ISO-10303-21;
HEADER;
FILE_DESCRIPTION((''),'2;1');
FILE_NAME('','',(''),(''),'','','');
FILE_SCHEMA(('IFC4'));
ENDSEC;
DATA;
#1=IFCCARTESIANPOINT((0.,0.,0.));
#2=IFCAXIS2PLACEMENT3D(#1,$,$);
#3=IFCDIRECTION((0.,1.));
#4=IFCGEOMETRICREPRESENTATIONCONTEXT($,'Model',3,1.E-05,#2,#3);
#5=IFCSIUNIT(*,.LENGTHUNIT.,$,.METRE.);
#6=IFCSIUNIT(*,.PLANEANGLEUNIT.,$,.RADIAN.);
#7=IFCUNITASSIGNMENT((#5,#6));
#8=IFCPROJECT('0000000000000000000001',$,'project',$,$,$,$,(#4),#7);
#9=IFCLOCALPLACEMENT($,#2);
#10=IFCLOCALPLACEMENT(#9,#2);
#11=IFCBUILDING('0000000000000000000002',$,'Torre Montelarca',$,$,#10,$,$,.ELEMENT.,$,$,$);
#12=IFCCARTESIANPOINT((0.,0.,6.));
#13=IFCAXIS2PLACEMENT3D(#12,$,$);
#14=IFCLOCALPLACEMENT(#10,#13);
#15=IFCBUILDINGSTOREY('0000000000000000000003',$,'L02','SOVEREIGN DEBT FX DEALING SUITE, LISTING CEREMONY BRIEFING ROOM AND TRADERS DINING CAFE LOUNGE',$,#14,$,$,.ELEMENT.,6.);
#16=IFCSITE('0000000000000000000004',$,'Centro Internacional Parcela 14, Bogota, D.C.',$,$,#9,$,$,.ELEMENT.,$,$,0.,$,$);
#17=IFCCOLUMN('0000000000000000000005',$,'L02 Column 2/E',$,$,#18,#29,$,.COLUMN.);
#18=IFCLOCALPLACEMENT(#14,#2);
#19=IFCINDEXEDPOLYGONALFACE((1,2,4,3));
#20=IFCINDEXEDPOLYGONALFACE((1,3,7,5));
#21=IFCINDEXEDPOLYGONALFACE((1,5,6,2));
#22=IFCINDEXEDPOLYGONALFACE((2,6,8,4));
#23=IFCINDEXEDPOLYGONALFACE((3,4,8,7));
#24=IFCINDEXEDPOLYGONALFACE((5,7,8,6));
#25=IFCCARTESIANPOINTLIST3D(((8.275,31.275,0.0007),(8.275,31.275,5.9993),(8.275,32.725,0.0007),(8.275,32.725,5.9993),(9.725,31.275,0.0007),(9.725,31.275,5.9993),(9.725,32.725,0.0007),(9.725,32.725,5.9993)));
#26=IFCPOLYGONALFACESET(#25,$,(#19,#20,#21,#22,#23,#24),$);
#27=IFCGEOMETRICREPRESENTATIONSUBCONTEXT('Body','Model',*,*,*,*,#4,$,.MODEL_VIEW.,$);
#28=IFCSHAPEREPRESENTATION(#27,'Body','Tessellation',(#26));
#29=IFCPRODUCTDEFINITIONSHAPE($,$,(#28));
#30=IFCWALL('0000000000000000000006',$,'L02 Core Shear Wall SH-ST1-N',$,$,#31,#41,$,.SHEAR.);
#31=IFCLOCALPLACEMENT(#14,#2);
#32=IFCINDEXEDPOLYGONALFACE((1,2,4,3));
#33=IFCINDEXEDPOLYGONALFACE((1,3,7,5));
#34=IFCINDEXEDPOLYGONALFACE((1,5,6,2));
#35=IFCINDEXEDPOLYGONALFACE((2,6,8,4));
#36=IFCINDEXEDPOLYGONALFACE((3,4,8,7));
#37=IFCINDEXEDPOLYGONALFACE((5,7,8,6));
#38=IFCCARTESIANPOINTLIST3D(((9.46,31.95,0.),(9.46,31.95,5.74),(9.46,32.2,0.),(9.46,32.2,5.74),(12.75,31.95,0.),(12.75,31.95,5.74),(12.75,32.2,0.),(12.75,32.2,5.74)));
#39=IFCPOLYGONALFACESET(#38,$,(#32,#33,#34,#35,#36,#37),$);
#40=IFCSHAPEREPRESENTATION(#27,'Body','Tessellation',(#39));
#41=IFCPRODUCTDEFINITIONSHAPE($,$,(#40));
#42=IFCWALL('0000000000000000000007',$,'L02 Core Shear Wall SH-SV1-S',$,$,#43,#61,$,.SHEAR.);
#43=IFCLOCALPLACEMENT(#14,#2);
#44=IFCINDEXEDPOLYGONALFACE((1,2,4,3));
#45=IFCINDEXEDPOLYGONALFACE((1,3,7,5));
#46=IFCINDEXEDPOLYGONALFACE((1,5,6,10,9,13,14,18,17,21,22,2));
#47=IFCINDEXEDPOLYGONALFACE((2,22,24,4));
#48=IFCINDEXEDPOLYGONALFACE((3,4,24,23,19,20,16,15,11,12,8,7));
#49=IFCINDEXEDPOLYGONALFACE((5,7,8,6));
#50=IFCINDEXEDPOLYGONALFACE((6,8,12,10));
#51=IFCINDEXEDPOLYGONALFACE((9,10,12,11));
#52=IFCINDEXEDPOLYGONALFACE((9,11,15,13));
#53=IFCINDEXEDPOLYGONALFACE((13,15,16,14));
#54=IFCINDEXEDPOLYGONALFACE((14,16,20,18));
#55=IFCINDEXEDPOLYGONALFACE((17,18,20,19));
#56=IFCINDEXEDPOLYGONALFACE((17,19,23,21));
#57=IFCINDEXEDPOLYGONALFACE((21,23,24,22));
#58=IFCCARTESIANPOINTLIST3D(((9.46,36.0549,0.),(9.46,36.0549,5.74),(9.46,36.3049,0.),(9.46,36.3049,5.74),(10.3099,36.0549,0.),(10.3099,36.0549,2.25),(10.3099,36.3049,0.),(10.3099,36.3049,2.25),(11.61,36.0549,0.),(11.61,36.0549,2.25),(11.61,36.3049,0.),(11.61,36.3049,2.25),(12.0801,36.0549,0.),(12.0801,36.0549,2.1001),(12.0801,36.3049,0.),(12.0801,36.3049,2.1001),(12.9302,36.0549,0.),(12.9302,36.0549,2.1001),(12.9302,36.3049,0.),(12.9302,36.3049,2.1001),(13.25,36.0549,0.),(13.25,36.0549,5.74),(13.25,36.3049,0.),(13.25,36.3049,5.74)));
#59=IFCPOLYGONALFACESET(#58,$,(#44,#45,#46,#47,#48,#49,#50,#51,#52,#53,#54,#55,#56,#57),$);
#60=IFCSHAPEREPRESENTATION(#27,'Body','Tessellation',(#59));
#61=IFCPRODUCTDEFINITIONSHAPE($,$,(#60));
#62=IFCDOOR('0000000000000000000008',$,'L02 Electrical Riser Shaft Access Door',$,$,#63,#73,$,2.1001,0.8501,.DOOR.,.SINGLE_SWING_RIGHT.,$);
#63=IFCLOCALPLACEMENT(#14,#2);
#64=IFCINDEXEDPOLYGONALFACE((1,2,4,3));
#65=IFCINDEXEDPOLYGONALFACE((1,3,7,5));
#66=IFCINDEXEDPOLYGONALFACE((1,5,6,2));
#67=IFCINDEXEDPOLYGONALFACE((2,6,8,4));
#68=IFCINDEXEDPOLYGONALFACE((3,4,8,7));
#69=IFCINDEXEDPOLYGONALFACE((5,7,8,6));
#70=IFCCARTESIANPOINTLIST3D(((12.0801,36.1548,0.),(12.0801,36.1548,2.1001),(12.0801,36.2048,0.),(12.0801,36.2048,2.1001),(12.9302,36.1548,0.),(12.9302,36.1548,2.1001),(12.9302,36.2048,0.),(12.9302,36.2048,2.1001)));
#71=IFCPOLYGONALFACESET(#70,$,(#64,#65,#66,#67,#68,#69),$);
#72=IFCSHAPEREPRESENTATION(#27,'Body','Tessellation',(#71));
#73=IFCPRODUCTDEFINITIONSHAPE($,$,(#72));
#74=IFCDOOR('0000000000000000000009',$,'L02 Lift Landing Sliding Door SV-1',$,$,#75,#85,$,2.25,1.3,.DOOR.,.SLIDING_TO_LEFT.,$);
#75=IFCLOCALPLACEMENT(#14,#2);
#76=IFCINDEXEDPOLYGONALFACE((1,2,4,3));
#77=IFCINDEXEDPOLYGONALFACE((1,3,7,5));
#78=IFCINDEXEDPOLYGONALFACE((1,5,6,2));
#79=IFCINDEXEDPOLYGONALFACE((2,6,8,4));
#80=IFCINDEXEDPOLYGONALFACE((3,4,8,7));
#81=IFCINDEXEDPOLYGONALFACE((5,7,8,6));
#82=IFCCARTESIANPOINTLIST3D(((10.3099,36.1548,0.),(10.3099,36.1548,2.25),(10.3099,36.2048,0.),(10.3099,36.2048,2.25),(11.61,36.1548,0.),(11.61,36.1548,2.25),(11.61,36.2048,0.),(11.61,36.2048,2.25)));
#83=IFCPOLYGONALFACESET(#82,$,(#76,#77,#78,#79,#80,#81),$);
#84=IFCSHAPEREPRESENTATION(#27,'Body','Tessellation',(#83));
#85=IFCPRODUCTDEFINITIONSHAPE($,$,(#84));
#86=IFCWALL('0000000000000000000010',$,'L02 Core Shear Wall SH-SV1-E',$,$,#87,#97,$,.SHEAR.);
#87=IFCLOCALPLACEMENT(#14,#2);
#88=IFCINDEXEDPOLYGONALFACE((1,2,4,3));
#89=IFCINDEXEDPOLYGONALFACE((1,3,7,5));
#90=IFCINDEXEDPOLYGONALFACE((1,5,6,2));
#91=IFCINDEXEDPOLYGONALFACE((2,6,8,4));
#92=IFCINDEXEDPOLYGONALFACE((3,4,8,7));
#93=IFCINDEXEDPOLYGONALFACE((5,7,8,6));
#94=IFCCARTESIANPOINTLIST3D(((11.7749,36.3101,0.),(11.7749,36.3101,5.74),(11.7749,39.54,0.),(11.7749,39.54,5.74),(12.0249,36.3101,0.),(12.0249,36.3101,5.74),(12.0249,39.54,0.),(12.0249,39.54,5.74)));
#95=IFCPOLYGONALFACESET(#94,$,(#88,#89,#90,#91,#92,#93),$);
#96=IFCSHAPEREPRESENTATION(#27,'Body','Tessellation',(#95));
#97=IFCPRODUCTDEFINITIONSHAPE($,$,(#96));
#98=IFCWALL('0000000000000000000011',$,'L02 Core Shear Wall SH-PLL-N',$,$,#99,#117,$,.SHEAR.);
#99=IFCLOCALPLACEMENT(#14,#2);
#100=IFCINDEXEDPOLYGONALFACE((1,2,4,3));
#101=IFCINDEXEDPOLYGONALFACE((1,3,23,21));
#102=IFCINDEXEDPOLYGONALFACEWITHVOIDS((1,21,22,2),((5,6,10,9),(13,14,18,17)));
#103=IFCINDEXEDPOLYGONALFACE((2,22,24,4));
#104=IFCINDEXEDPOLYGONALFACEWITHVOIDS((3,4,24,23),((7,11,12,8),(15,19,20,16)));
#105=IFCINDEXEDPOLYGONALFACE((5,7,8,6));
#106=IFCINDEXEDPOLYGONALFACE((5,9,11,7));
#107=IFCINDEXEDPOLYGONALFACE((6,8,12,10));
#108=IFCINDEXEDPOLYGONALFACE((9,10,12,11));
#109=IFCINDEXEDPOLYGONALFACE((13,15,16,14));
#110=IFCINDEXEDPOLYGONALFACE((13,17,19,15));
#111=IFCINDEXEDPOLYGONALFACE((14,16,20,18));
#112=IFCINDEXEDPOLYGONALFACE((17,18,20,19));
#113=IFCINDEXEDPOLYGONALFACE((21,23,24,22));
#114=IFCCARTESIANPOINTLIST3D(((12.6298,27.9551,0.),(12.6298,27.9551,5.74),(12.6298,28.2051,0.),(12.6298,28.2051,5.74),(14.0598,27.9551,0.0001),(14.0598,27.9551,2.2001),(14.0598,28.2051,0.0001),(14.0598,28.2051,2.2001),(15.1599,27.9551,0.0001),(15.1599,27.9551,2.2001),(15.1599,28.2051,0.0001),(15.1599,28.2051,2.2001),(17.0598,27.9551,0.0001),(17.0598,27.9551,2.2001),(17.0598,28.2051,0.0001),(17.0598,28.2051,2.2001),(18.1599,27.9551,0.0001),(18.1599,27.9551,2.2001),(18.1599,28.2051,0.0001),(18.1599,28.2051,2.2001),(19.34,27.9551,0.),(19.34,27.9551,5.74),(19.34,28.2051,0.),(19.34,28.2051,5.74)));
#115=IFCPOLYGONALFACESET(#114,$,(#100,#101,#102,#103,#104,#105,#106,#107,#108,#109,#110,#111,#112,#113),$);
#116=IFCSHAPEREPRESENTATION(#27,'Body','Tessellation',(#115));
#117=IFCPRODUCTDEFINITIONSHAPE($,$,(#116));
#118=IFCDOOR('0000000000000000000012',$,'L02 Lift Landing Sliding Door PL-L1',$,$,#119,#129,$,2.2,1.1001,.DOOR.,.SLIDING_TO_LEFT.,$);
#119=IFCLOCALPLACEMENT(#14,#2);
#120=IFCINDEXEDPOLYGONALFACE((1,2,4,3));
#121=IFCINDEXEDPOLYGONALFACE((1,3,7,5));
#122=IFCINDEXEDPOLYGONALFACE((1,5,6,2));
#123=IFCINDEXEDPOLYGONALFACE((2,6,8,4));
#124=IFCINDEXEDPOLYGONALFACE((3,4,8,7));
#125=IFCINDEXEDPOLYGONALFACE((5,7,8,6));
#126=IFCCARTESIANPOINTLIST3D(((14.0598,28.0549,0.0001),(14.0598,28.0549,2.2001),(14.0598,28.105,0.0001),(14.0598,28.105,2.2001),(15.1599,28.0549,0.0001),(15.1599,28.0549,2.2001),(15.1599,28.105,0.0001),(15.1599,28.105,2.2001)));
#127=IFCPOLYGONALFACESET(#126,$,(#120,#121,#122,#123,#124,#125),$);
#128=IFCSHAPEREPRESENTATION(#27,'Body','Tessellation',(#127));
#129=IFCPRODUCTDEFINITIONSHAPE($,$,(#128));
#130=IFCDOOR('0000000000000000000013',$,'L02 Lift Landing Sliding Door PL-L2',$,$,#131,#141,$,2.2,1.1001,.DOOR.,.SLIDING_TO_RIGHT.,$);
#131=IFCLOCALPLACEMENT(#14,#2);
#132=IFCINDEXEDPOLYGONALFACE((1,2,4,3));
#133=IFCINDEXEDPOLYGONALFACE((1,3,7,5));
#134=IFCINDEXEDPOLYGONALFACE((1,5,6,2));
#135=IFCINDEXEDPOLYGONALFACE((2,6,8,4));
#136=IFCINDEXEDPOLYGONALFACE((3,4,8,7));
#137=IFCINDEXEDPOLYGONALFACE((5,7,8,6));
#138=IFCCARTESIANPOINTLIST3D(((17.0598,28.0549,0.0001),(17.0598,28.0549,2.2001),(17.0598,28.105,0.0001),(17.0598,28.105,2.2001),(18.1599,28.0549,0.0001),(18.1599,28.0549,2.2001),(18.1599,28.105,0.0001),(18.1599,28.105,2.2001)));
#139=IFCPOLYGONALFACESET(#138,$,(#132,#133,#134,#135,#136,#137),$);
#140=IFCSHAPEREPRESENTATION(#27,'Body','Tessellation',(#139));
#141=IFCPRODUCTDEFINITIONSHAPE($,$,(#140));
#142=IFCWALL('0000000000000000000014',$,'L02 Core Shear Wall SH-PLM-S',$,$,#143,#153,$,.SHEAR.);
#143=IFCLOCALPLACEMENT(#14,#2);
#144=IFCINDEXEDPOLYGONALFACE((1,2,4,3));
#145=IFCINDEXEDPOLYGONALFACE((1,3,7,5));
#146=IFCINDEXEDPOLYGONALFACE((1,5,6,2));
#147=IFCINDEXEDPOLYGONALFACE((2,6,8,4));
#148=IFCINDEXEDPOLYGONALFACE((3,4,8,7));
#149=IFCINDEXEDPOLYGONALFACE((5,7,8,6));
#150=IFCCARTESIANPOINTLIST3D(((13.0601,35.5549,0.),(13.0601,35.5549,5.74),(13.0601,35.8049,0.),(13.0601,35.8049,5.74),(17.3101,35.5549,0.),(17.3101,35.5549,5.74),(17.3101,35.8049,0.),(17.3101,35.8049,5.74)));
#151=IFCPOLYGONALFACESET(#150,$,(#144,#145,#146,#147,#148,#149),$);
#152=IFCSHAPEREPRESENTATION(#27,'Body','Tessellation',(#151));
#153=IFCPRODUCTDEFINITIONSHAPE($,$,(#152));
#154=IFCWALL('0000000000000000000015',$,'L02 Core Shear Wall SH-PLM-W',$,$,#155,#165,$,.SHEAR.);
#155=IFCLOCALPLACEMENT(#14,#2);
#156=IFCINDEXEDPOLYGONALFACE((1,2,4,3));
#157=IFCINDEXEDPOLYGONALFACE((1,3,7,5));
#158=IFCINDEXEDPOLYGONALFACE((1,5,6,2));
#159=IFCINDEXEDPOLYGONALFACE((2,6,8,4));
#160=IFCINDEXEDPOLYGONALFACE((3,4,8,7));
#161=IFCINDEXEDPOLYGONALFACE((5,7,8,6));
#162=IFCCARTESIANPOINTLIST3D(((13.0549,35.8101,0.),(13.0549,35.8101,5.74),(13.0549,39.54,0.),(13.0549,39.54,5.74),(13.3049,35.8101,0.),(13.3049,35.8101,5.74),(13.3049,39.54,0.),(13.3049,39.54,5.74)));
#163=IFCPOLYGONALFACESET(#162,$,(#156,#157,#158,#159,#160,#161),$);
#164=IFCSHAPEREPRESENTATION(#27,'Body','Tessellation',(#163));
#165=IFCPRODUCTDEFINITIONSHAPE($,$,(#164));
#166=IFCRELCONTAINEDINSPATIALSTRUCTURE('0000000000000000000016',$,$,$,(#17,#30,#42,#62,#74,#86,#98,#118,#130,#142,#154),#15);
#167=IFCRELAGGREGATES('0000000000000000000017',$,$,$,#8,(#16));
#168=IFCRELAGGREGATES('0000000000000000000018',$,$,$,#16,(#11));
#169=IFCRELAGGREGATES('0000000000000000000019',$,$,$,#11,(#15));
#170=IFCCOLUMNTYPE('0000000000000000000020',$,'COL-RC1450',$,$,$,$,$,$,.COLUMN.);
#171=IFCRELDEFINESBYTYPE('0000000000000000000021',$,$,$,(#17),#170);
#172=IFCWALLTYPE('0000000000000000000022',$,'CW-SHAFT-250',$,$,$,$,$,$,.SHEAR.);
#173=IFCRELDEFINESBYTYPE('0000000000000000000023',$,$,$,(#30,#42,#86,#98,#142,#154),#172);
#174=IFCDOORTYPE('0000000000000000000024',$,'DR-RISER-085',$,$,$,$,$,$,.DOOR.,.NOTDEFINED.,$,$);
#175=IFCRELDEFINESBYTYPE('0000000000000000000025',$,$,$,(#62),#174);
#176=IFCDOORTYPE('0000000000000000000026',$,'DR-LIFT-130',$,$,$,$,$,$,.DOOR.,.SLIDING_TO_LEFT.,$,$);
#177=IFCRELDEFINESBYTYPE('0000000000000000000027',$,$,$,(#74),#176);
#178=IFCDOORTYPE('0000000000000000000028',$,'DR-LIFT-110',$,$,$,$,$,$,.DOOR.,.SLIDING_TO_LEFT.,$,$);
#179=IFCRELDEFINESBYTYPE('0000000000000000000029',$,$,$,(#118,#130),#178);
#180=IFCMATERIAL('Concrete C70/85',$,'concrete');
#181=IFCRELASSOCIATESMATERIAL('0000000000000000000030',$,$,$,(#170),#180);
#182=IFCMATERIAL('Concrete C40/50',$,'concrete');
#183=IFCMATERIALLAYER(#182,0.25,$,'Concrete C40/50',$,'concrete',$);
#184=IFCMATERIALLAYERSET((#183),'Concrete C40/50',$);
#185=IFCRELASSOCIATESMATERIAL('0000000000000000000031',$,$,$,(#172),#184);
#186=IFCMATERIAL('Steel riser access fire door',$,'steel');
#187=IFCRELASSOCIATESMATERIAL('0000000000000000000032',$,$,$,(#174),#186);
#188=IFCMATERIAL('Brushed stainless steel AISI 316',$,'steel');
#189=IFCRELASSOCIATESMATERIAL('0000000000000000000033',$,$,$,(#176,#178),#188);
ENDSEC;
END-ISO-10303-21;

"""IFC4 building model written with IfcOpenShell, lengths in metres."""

from ifc_helpers import new_model, si_unit, direction, frame, frame_2d, origin, origin_2d, place, context, subcontext, project, spatial, rectangle, extrude, source, transform, mapped, material, layer, layer_set, material_profile, profile_set, type_object, element, fill, save


model = new_model("IFC4")

# Units and contexts
model_context = context("Model", 3, precision=1e-05, world=origin(), true_north=direction((0.0, 1.0)))
body_context = subcontext(model_context, "Body", "Model", "MODEL_VIEW")
ifc_project = project(units=[si_unit("LENGTHUNIT", "METRE"), si_unit("PLANEANGLEUNIT", "RADIAN")], contexts=[model_context])

# Site, building, storey
site_placement = place(None, origin())
site = spatial("IfcSite", under=ifc_project, at=site_placement, Name="Centro Internacional Parcela 14, Bogota, D.C.", CompositionType="ELEMENT", RefElevation=0.0)
building_placement = place(site_placement, origin())
building = spatial("IfcBuilding", under=site, at=building_placement, Name="Torre Montelarca", CompositionType="ELEMENT")
storey_placement = place(building_placement, frame((0.0, 0.0, 6.0)))
storey = spatial("IfcBuildingStorey", under=building, at=storey_placement, Name="L02", Description="SOVEREIGN DEBT FX DEALING SUITE, LISTING CEREMONY BRIEFING ROOM AND TRADERS DINING CAFE LOUNGE", CompositionType="ELEMENT", Elevation=6.0)

# Column
ifc_material_1 = material(Name="Concrete C70/85", Category="concrete")
ifc_material_profile = material_profile(ifc_material_1, rectangle(XDim=1.45, YDim=1.45, at=origin_2d()), Name="RC1450X1450", Category="concrete")
ifc_profile_set = profile_set([ifc_material_profile], Name="Concrete C70/85")
column_type = type_object("IfcColumnType", Name="COL-RC1450", PredefinedType="COLUMN", material=ifc_profile_set)
shared_shape_1 = source(origin(), body_context, "Body", "SweptSolid", [
    extrude(rectangle(XDim=1.45, YDim=1.45, at=origin_2d()), origin(), (0.0, 0.0, 1.0), 5.9985),
])
column_placement = place(storey_placement, frame((9.0, 32.0, 0.0007), z_axis=(0.0, 0.0, 1.0), x_axis=(1.0, 0.0, 0.0)))
element("IfcColumn", 1, at=column_placement, inside=storey, type_object=column_type, Name="L02 Column 2/E", PredefinedType="COLUMN", context=body_context, shape_type="MappedRepresentation", body=[
    mapped(shared_shape_1, transform((0.0, 0.0, 0.0), scale=1.0)),
])

# Wall
ifc_material_2 = material(Name="Concrete C40/50", Category="concrete")
ifc_layer_1 = layer(ifc_material_2, 0.25, Name="Concrete C40/50", Category="concrete")
ifc_layer_set_1 = layer_set([ifc_layer_1], Name="Concrete C40/50")
wall_type_1 = type_object("IfcWallType", Name="CW-SHAFT-250", PredefinedType="SHEAR", material=ifc_layer_set_1)
wall_1_placement = place(storey_placement, frame((9.46, 32.075, 0.0), z_axis=(0.0, 0.0, 1.0), x_axis=(1.0, 0.0, 0.0)))
element("IfcWall", 2, at=wall_1_placement, inside=storey, type_object=wall_type_1, Name="L02 Core Shear Wall SH-ST1-N", PredefinedType="SHEAR", context=body_context, shape_type="SweptSolid", body=[
    extrude(rectangle(XDim=3.29, YDim=0.25, at=frame_2d((1.645, 0.0))), origin(), (0.0, 0.0, 1.0), 5.74),
])

# Wall, openings, doors
wall_2_placement = place(storey_placement, frame((9.46, 36.1799, 0.0), z_axis=(0.0, 0.0, 1.0), x_axis=(1.0, 0.0, 0.0)))
wall_2 = element("IfcWall", 3, at=wall_2_placement, inside=storey, type_object=wall_type_1, Name="L02 Core Shear Wall SH-SV1-S", PredefinedType="SHEAR", context=body_context, shape_type="SweptSolid", body=[
    extrude(rectangle(XDim=3.79, YDim=0.25, at=frame_2d((1.895, 0.0))), origin(), (0.0, 0.0, 1.0), 5.74),
])
opening_1_placement = place(wall_2_placement, frame((2.6201, 0.0, 0.0)))
opening_1 = element("IfcOpeningElement", 4, at=opening_1_placement, cuts=wall_2, PredefinedType="OPENING", context=body_context, shape_type="SweptSolid", body=[
    extrude(rectangle(XDim=0.8501, YDim=2.1001, at=frame_2d((0.425, 1.05))), frame((0.0, 0.135, 0.0), z_axis=(0.0, -1.0, 0.0), x_axis=(1.0, 0.0, 0.0)), (0.0, 0.0, 1.0), 0.27),
])
opening_2_placement = place(wall_2_placement, frame((0.8501, 0.0, 0.0)))
opening_2 = element("IfcOpeningElement", 5, at=opening_2_placement, cuts=wall_2, PredefinedType="OPENING", context=body_context, shape_type="SweptSolid", body=[
    extrude(rectangle(XDim=1.3, YDim=2.25, at=frame_2d((0.6499, 1.125))), frame((0.0, 0.135, 0.0), z_axis=(0.0, -1.0, 0.0), x_axis=(1.0, 0.0, 0.0)), (0.0, 0.0, 1.0), 0.27),
])
ifc_material_3 = material(Name="Steel riser access fire door", Category="steel")
door_type_1 = type_object("IfcDoorType", Name="DR-RISER-085", OperationType="NOTDEFINED", PredefinedType="DOOR", material=ifc_material_3)
shared_shape_2 = source(origin(), body_context, "Body", "SweptSolid", [
    extrude(rectangle(XDim=0.8501, YDim=2.1001, at=frame_2d((0.425, 1.05))), frame((0.0, 0.0249, 0.0), z_axis=(0.0, -1.0, 0.0), x_axis=(1.0, 0.0, 0.0)), (0.0, 0.0, 1.0), 0.05),
])
door_1_placement = place(opening_1_placement, origin())
door_1 = element("IfcDoor", 6, at=door_1_placement, inside=storey, type_object=door_type_1, Name="L02 Electrical Riser Shaft Access Door", OperationType="SINGLE_SWING_RIGHT", OverallHeight=2.1001, OverallWidth=0.8501, PredefinedType="DOOR", context=body_context, shape_type="MappedRepresentation", body=[
    mapped(shared_shape_2, transform((0.0, 0.0, 0.0), scale=1.0)),
])
fill(opening_1, door_1)
ifc_material_4 = material(Name="Brushed stainless steel AISI 316", Category="steel")
door_type_2 = type_object("IfcDoorType", Name="DR-LIFT-130", OperationType="SLIDING_TO_LEFT", PredefinedType="DOOR", material=ifc_material_4)
shared_shape_3 = source(origin(), body_context, "Body", "SweptSolid", [
    extrude(rectangle(XDim=1.3, YDim=2.25, at=frame_2d((0.6499, 1.125))), frame((0.0, 0.0249, 0.0), z_axis=(0.0, -1.0, 0.0), x_axis=(1.0, 0.0, 0.0)), (0.0, 0.0, 1.0), 0.05),
])
door_2_placement = place(opening_2_placement, origin())
door_2 = element("IfcDoor", 7, at=door_2_placement, inside=storey, type_object=door_type_2, Name="L02 Lift Landing Sliding Door SV-1", OperationType="SLIDING_TO_LEFT", OverallHeight=2.25, OverallWidth=1.3, PredefinedType="DOOR", context=body_context, shape_type="MappedRepresentation", body=[
    mapped(shared_shape_3, transform((0.0, 0.0, 0.0), scale=1.0)),
])
fill(opening_2, door_2)

# Wall
wall_3_placement = place(storey_placement, frame((11.8999, 36.3101, 0.0), z_axis=(0.0, 0.0, 1.0), x_axis=(0.0, 1.0, 0.0)))
element("IfcWall", 8, at=wall_3_placement, inside=storey, type_object=wall_type_1, Name="L02 Core Shear Wall SH-SV1-E", PredefinedType="SHEAR", context=body_context, shape_type="SweptSolid", body=[
    extrude(rectangle(XDim=3.23, YDim=0.25, at=frame_2d((1.615, 0.0))), origin(), (0.0, 0.0, 1.0), 5.74),
])

# Wall, openings, doors
wall_4_placement = place(storey_placement, frame((12.6299, 28.0801, 0.0), z_axis=(0.0, 0.0, 1.0), x_axis=(1.0, 0.0, 0.0)))
wall_4 = element("IfcWall", 9, at=wall_4_placement, inside=storey, type_object=wall_type_1, Name="L02 Core Shear Wall SH-PLL-N", PredefinedType="SHEAR", context=body_context, shape_type="SweptSolid", body=[
    extrude(rectangle(XDim=6.7102, YDim=0.25, at=frame_2d((3.355, 0.0))), origin(), (0.0, 0.0, 1.0), 5.74),
])
opening_3_placement = place(wall_4_placement, frame((1.4299, 0.0, 0.0)))
opening_3 = element("IfcOpeningElement", 10, at=opening_3_placement, cuts=wall_4, PredefinedType="OPENING", context=body_context, shape_type="SweptSolid", body=[
    extrude(rectangle(XDim=1.1001, YDim=2.2, at=frame_2d((0.55, 1.1001))), frame((0.0, 0.135, 0.0), z_axis=(0.0, -1.0, 0.0), x_axis=(1.0, 0.0, 0.0)), (0.0, 0.0, 1.0), 0.27),
])
opening_4_placement = place(wall_4_placement, frame((4.4299, 0.0, 0.0)))
opening_4 = element("IfcOpeningElement", 11, at=opening_4_placement, cuts=wall_4, PredefinedType="OPENING", context=body_context, shape_type="SweptSolid", body=[
    extrude(rectangle(XDim=1.1001, YDim=2.2, at=frame_2d((0.55, 1.1001))), frame((0.0, 0.135, 0.0), z_axis=(0.0, -1.0, 0.0), x_axis=(1.0, 0.0, 0.0)), (0.0, 0.0, 1.0), 0.27),
])
door_type_3 = type_object("IfcDoorType", Name="DR-LIFT-110", OperationType="SLIDING_TO_LEFT", PredefinedType="DOOR", material=ifc_material_4)
shared_shape_4 = source(origin(), body_context, "Body", "SweptSolid", [
    extrude(rectangle(XDim=1.1001, YDim=2.2, at=frame_2d((0.55, 1.1001))), frame((0.0, 0.0249, 0.0), z_axis=(0.0, -1.0, 0.0), x_axis=(1.0, 0.0, 0.0)), (0.0, 0.0, 1.0), 0.05),
])
door_3_placement = place(opening_3_placement, origin())
door_3 = element("IfcDoor", 12, at=door_3_placement, inside=storey, type_object=door_type_3, Name="L02 Lift Landing Sliding Door PL-L1", OperationType="SLIDING_TO_LEFT", OverallHeight=2.2, OverallWidth=1.1001, PredefinedType="DOOR", context=body_context, shape_type="MappedRepresentation", body=[
    mapped(shared_shape_4, transform((0.0, 0.0, 0.0), scale=1.0)),
])
fill(opening_3, door_3)
door_4_placement = place(opening_4_placement, origin())
door_4 = element("IfcDoor", 13, at=door_4_placement, inside=storey, type_object=door_type_3, Name="L02 Lift Landing Sliding Door PL-L2", OperationType="SLIDING_TO_RIGHT", OverallHeight=2.2, OverallWidth=1.1001, PredefinedType="DOOR", context=body_context, shape_type="MappedRepresentation", body=[
    mapped(shared_shape_4, transform((0.0, 0.0, 0.0), scale=1.0)),
])
fill(opening_4, door_4)

# Walls
wall_5_placement = place(storey_placement, frame((13.0601, 35.6799, 0.0), z_axis=(0.0, 0.0, 1.0), x_axis=(1.0, 0.0, 0.0)))
element("IfcWall", 14, at=wall_5_placement, inside=storey, type_object=wall_type_1, Name="L02 Core Shear Wall SH-PLM-S", PredefinedType="SHEAR", context=body_context, shape_type="SweptSolid", body=[
    extrude(rectangle(XDim=4.25, YDim=0.25, at=frame_2d((2.125, 0.0))), origin(), (0.0, 0.0, 1.0), 5.74),
])
wall_6_placement = place(storey_placement, frame((13.1799, 35.8101, 0.0), z_axis=(0.0, 0.0, 1.0), x_axis=(0.0, 1.0, 0.0)))
element("IfcWall", 15, at=wall_6_placement, inside=storey, type_object=wall_type_1, Name="L02 Core Shear Wall SH-PLM-W", PredefinedType="SHEAR", context=body_context, shape_type="SweptSolid", body=[
    extrude(rectangle(XDim=3.73, YDim=0.25, at=frame_2d((1.865, 0.0))), origin(), (0.0, 0.0, 1.0), 5.74),
])

save(model, "model.ifc")
